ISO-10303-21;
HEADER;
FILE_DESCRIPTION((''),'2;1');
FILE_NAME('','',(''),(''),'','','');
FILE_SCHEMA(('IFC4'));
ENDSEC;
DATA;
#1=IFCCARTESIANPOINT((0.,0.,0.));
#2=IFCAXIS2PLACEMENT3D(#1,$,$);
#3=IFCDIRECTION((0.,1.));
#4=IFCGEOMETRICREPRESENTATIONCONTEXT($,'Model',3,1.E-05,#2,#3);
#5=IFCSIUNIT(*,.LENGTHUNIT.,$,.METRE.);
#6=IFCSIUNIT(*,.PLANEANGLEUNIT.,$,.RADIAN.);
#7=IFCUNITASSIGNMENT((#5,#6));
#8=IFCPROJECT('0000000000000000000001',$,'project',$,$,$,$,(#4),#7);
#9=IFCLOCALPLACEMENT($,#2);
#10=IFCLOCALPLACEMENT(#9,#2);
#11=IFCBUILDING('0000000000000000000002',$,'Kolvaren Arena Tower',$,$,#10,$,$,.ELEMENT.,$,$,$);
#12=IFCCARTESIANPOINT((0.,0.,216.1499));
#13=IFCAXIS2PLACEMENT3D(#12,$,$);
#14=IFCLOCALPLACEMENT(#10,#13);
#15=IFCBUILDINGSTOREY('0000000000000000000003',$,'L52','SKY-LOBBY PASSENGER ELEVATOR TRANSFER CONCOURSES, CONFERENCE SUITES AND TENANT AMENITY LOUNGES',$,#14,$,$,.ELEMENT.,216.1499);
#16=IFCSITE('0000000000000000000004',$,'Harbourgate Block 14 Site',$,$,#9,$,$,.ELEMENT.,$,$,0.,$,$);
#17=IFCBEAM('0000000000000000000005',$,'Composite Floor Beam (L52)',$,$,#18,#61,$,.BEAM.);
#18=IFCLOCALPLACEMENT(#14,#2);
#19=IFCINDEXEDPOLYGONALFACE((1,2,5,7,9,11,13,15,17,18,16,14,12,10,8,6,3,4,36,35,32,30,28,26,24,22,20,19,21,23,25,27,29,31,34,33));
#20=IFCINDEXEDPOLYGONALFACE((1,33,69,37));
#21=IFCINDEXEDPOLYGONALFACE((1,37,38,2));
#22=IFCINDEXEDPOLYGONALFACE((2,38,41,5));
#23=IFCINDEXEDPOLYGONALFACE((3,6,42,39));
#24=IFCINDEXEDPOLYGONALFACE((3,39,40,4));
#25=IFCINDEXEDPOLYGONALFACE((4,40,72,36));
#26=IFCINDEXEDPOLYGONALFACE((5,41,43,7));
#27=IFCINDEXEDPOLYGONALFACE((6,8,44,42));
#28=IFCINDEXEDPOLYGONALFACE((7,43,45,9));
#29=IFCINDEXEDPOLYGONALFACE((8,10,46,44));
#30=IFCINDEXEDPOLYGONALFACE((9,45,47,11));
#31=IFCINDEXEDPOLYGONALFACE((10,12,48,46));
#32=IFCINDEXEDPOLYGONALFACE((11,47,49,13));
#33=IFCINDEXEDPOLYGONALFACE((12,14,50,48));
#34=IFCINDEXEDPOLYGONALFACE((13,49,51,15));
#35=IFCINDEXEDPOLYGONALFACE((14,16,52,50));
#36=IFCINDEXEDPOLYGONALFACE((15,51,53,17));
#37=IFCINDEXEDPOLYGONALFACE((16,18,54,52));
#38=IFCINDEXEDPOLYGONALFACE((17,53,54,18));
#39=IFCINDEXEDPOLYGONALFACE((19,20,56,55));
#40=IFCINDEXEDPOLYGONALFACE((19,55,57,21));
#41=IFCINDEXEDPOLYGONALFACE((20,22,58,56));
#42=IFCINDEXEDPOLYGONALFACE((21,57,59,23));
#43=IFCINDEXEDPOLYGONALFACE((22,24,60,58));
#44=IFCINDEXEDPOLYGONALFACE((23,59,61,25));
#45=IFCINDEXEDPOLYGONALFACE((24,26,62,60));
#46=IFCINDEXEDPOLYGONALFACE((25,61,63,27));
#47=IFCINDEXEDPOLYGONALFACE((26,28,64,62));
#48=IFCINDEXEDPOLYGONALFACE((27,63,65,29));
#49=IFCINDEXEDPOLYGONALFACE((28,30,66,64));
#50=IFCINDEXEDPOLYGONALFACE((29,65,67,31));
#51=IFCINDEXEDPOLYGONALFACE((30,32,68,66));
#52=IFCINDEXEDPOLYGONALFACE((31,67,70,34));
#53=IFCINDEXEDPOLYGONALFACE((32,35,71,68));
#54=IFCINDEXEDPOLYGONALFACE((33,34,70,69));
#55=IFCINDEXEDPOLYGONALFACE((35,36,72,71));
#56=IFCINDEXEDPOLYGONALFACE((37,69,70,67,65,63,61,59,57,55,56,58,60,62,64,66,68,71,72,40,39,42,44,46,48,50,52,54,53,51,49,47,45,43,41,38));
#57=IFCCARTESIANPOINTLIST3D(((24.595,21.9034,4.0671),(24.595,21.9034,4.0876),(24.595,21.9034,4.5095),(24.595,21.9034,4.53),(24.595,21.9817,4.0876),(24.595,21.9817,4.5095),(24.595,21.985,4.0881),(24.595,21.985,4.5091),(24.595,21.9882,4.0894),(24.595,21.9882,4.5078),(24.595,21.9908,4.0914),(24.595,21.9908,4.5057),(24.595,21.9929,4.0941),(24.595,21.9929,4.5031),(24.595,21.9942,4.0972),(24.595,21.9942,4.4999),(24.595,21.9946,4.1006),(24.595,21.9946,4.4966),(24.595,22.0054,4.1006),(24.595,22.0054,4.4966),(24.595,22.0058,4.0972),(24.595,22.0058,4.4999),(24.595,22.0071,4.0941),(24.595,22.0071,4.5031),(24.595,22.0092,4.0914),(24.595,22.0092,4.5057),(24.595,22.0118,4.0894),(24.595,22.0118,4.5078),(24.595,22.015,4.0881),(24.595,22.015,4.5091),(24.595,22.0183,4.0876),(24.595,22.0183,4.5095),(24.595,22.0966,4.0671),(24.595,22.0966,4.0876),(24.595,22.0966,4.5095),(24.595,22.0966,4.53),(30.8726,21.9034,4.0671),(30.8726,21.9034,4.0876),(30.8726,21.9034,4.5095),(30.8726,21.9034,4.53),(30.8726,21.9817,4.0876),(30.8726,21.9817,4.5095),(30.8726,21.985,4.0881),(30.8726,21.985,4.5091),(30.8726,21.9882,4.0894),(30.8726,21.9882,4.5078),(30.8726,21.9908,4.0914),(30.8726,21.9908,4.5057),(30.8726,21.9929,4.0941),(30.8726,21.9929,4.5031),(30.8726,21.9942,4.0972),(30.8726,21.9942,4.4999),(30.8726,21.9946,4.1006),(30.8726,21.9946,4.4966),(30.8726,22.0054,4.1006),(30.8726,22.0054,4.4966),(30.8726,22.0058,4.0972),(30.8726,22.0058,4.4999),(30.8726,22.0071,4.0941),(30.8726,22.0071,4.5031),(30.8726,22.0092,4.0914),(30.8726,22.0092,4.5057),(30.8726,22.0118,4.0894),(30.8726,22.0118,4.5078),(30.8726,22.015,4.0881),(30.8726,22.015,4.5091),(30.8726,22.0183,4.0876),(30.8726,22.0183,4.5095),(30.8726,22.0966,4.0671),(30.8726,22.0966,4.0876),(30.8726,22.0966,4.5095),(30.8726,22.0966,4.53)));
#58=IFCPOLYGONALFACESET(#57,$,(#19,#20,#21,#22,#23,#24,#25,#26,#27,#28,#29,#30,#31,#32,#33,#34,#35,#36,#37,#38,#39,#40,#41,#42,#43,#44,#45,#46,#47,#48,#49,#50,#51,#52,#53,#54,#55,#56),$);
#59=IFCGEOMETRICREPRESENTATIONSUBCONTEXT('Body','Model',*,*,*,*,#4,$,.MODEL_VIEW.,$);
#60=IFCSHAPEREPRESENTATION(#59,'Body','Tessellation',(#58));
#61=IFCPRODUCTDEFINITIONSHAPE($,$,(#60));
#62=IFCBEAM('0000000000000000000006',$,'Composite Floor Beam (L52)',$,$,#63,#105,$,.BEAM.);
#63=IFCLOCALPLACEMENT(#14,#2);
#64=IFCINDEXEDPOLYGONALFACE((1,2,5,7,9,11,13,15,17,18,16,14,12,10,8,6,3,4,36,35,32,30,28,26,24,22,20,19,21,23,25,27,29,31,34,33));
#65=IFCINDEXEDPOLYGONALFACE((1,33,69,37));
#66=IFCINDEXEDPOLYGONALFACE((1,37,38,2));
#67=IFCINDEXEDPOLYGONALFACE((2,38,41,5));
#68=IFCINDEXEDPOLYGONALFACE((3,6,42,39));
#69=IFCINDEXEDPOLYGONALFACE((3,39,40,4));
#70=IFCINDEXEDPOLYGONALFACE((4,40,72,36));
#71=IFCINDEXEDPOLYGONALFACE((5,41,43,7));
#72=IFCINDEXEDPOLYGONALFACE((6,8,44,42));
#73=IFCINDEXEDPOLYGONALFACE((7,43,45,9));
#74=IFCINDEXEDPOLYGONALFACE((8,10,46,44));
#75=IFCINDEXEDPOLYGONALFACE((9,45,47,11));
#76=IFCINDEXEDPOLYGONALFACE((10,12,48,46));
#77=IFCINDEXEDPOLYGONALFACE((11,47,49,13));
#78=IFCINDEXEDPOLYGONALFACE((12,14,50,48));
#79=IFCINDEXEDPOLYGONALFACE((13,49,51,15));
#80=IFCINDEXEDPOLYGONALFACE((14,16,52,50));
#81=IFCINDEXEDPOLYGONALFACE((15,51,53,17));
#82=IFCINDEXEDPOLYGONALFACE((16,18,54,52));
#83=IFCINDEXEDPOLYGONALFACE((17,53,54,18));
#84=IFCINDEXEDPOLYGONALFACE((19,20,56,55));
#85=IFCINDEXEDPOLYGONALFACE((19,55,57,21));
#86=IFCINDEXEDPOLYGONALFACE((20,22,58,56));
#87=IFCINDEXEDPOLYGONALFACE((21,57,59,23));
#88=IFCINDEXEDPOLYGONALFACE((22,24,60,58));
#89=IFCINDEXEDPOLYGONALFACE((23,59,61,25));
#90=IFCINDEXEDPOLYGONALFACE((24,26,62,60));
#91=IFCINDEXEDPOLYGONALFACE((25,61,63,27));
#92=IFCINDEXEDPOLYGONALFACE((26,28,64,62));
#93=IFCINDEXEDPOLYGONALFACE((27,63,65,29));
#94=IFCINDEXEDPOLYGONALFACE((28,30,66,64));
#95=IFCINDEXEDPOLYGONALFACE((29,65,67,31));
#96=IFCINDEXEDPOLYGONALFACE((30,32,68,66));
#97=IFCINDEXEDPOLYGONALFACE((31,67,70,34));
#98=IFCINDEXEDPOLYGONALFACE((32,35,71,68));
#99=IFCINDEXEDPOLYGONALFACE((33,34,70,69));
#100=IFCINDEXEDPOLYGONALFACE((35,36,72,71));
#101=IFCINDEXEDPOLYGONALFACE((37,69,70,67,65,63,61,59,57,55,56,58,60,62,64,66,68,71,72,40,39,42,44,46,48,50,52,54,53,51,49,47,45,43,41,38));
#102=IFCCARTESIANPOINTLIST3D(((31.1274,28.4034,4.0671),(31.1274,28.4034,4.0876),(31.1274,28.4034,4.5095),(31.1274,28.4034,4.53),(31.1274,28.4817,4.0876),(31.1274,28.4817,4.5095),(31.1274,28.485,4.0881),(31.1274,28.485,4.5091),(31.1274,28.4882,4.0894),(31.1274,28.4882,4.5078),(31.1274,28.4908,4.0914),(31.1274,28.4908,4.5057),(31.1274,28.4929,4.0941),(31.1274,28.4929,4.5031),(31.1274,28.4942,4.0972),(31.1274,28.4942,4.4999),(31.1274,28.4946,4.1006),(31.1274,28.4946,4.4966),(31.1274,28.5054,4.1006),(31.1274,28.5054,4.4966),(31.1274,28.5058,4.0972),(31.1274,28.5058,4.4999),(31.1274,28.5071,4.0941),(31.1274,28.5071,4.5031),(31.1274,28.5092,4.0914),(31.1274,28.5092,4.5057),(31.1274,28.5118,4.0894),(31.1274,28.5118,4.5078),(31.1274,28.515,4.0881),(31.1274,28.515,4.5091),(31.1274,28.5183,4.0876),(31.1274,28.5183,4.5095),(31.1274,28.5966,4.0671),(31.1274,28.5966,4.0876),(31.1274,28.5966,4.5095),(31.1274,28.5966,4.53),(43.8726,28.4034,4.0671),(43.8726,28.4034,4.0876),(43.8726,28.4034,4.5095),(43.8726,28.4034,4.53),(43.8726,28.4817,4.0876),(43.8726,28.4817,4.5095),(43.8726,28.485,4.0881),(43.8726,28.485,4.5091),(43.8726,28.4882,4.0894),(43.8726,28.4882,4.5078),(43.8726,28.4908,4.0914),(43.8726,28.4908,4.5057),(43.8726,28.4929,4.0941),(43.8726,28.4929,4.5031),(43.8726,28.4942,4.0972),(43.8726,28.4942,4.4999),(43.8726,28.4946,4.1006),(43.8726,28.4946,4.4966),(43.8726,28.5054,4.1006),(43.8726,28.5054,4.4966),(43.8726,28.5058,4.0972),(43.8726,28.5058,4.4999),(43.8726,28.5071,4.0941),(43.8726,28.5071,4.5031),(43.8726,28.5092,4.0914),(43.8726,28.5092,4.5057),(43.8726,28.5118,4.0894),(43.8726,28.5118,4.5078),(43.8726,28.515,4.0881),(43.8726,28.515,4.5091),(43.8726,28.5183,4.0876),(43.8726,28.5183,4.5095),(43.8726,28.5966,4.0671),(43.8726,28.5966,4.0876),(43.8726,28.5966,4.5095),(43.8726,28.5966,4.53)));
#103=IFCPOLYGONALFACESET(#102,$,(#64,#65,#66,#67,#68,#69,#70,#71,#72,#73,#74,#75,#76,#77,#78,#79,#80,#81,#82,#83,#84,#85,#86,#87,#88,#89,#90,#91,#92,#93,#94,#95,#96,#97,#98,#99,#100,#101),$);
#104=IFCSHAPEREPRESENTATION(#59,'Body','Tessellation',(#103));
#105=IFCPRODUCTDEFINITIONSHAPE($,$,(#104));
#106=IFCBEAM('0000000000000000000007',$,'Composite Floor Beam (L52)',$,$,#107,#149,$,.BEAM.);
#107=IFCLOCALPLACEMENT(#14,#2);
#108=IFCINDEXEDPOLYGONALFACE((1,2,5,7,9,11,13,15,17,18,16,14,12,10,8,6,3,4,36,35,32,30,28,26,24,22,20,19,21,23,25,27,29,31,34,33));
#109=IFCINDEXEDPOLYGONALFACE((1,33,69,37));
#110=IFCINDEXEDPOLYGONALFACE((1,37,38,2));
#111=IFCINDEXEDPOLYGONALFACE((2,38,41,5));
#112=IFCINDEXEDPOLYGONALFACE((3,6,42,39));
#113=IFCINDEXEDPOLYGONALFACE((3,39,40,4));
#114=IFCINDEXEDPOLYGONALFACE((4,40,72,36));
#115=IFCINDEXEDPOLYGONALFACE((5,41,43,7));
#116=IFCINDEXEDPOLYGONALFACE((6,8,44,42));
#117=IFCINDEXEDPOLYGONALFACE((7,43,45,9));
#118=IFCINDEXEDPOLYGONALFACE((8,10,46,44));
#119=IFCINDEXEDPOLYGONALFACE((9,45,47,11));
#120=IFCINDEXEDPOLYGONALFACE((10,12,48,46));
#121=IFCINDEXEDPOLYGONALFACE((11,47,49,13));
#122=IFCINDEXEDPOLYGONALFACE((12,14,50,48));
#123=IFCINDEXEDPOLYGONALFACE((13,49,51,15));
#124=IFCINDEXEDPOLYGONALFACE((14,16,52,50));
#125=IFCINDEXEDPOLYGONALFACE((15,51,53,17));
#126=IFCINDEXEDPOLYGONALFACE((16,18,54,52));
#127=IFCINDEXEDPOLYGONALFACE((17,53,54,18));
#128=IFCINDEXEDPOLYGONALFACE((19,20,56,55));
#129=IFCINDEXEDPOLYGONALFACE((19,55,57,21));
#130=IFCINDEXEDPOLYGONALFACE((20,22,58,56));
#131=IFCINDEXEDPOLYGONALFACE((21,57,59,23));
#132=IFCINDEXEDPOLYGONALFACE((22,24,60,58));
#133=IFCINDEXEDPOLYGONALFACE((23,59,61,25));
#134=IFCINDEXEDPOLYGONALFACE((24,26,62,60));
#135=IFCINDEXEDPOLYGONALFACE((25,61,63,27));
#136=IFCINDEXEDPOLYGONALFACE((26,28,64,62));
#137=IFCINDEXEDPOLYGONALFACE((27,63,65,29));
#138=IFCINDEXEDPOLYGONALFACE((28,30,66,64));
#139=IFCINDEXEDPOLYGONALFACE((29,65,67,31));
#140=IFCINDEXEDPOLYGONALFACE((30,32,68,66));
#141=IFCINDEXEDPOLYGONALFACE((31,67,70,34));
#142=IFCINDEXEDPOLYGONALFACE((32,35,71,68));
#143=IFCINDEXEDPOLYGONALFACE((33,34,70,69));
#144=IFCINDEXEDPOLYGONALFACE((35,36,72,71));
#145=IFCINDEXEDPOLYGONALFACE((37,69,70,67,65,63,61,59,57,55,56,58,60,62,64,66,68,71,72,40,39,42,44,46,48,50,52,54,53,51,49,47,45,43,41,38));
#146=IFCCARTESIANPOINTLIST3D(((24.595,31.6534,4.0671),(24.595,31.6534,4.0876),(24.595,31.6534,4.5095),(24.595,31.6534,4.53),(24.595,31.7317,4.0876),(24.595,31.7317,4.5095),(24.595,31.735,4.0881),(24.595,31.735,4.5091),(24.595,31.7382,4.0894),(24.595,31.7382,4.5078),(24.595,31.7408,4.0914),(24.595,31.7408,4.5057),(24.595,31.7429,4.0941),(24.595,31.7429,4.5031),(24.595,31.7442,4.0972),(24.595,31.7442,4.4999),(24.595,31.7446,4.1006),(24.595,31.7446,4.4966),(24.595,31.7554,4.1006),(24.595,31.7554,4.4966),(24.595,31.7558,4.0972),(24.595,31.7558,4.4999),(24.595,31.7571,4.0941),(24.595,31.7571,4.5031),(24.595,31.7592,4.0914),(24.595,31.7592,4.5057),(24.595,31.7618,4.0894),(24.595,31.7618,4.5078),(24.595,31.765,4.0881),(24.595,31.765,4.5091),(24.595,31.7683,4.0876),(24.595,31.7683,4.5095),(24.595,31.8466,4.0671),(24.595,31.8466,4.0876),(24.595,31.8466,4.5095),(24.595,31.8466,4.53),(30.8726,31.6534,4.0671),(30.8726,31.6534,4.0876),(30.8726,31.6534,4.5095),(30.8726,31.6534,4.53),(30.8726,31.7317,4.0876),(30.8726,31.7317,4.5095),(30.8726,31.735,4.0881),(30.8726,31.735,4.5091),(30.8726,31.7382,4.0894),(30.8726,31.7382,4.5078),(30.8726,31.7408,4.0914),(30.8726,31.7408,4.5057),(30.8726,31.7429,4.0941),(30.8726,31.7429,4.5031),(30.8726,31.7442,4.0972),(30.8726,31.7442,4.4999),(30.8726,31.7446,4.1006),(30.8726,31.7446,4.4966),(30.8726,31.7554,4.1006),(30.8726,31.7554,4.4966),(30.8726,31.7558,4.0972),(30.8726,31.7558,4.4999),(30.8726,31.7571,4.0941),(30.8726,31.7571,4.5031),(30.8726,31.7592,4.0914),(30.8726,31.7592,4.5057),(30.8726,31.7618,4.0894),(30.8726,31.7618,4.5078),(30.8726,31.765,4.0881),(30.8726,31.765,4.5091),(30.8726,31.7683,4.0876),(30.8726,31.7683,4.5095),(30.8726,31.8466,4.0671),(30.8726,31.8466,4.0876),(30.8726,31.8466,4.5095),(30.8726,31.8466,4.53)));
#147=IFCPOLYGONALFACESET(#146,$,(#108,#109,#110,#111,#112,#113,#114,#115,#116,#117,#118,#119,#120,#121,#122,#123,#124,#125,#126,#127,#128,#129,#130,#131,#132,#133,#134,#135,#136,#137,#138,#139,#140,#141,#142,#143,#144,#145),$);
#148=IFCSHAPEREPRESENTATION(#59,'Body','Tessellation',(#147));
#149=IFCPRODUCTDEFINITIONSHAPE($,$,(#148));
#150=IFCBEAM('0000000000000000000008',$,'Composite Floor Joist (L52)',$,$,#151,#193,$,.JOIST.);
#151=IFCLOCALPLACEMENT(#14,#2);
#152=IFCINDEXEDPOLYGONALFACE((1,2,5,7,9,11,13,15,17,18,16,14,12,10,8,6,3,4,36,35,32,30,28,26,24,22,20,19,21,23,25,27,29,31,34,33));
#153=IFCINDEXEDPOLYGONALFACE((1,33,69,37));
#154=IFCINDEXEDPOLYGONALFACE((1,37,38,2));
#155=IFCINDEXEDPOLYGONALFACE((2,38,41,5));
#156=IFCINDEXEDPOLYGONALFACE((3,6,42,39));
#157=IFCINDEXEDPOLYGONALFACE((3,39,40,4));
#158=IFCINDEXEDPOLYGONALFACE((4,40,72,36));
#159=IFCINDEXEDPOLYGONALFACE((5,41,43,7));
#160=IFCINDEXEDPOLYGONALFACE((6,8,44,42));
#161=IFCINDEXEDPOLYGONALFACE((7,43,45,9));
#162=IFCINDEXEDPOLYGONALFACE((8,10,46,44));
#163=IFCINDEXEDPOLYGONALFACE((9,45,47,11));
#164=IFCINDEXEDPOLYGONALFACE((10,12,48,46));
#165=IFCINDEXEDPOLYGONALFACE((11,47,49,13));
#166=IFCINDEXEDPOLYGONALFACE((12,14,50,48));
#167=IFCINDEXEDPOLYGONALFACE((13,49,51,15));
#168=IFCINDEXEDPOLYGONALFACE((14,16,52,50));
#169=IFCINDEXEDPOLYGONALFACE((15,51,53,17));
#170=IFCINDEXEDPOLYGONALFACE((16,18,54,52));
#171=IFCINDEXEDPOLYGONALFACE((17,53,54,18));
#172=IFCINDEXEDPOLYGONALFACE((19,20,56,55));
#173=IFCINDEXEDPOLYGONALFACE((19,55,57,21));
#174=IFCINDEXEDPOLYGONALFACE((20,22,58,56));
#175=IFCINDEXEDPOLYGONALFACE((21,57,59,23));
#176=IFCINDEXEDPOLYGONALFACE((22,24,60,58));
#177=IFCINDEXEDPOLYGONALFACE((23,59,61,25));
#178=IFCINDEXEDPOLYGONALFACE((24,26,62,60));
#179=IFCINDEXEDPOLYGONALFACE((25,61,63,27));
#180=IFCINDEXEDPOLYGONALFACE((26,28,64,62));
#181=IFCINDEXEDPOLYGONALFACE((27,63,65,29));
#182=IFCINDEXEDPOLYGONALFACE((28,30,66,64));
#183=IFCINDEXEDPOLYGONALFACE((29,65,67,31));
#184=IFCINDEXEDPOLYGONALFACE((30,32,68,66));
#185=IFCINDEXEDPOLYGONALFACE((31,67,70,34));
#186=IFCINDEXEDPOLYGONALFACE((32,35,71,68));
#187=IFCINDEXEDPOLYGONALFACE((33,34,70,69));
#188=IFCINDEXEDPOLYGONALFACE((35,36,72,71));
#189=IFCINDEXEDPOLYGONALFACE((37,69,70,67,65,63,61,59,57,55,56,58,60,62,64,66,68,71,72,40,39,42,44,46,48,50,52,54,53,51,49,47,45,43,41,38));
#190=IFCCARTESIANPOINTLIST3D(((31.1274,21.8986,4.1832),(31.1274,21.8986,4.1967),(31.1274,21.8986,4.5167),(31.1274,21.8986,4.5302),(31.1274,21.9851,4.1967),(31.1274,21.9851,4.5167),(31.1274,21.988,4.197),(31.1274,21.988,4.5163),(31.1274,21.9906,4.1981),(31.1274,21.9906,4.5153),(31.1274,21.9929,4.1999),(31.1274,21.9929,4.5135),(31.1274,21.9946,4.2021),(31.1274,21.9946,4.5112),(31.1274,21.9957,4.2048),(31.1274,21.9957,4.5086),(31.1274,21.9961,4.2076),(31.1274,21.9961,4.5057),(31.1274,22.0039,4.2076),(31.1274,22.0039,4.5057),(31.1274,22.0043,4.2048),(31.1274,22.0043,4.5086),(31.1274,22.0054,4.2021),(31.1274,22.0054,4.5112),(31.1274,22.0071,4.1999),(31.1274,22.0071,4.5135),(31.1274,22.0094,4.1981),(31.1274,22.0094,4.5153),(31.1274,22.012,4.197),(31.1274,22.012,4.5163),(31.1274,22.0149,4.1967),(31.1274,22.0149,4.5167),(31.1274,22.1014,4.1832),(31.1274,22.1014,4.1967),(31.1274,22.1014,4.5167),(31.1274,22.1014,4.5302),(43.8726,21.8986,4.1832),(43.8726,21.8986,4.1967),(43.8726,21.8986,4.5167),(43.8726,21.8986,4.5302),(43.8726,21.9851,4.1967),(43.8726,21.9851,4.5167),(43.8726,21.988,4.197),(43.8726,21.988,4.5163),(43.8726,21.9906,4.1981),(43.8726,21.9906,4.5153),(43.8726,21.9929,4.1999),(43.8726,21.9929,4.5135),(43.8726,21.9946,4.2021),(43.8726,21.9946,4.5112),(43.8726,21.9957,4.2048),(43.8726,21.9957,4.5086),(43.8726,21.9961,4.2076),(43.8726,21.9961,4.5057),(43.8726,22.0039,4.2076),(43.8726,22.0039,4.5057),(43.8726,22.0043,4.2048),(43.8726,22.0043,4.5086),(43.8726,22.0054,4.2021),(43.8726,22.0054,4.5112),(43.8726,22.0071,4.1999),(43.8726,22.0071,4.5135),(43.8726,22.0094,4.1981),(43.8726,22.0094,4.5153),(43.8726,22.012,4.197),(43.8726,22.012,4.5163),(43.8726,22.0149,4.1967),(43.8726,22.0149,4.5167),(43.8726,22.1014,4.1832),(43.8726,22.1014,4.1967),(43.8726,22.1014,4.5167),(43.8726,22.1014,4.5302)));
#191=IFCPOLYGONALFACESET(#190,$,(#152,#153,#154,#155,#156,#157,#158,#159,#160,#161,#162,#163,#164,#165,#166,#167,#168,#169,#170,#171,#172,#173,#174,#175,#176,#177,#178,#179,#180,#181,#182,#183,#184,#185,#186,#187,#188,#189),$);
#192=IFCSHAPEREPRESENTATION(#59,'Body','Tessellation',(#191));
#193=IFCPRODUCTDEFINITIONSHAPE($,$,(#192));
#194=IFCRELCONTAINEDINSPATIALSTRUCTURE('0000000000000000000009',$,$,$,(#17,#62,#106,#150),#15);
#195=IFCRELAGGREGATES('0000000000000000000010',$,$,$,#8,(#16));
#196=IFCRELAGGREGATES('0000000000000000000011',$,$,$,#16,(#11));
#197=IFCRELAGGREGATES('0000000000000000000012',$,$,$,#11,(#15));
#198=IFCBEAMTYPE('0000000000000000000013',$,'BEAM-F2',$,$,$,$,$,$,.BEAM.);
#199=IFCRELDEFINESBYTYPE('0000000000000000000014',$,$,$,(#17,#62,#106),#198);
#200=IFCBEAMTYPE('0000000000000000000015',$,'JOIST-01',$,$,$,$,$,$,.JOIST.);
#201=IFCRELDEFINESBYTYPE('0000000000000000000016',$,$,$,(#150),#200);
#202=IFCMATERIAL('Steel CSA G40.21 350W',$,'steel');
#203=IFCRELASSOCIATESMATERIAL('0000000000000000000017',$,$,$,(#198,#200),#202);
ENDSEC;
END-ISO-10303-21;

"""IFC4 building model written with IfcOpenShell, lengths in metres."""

from ifc_helpers import new_model, si_unit, direction, frame, origin, origin_2d, place, context, subcontext, project, spatial, i_section, extrude, material, material_profile, profile_set, type_object, element, save


model = new_model("IFC4")

# Units and contexts
model_context = context("Model", 3, precision=1e-05, world=origin(), true_north=direction((0.0, 1.0)))
body_context = subcontext(model_context, "Body", "Model", "MODEL_VIEW")
ifc_project = project(units=[si_unit("LENGTHUNIT", "METRE"), si_unit("PLANEANGLEUNIT", "RADIAN")], contexts=[model_context])

# Site, building, storey
site_placement = place(None, origin())
site = spatial("IfcSite", under=ifc_project, at=site_placement, Name="Harbourgate Block 14 Site", CompositionType="ELEMENT", RefElevation=0.0)
building_placement = place(site_placement, origin())
building = spatial("IfcBuilding", under=site, at=building_placement, Name="Kolvaren Arena Tower", CompositionType="ELEMENT")
storey_placement = place(building_placement, frame((0.0, 0.0, 216.1499)))
storey = spatial("IfcBuildingStorey", under=building, at=storey_placement, Name="L52", Description="SKY-LOBBY PASSENGER ELEVATOR TRANSFER CONCOURSES, CONFERENCE SUITES AND TENANT AMENITY LOUNGES", CompositionType="ELEMENT", Elevation=216.1499)

# Beams
ifc_material_1 = material(Name="Steel CSA G40.21 350W", Category="steel")
ifc_material_profile_1 = material_profile(ifc_material_1, i_section(OverallWidth=0.1931, OverallDepth=0.4629, WebThickness=0.0107, FlangeThickness=0.0205, FilletRadius=0.0129, at=origin_2d()), Name="W460x113")
ifc_profile_set_1 = profile_set([ifc_material_profile_1], Name="Steel CSA G40.21 350W")
beam_type_1 = type_object("IfcBeamType", Name="BEAM-F2", PredefinedType="BEAM", material=ifc_profile_set_1)
beam_1_placement = place(storey_placement, frame((24.595, 22.0, 4.2986), z_axis=(1.0, 0.0, 0.0), x_axis=(0.0, 1.0, 0.0)))
element("IfcBeam", 1, at=beam_1_placement, inside=storey, type_object=beam_type_1, Name="Composite Floor Beam (L52)", PredefinedType="BEAM", context=body_context, shape_type="SweptSolid", body=[
    extrude(i_section(OverallWidth=0.1931, OverallDepth=0.4629, WebThickness=0.0107, FlangeThickness=0.0205, FilletRadius=0.0129, at=origin_2d()), origin(), (0.0, 0.0, 1.0), 6.2776),
])
beam_2_placement = place(storey_placement, frame((31.1274, 28.5, 4.2986), z_axis=(1.0, 0.0, 0.0), x_axis=(0.0, 1.0, 0.0)))
element("IfcBeam", 2, at=beam_2_placement, inside=storey, type_object=beam_type_1, Name="Composite Floor Beam (L52)", PredefinedType="BEAM", context=body_context, shape_type="SweptSolid", body=[
    extrude(i_section(OverallWidth=0.1931, OverallDepth=0.4629, WebThickness=0.0107, FlangeThickness=0.0205, FilletRadius=0.0129, at=origin_2d()), origin(), (0.0, 0.0, 1.0), 12.7451),
])
beam_3_placement = place(storey_placement, frame((24.595, 31.75, 4.2986), z_axis=(1.0, 0.0, 0.0), x_axis=(0.0, 1.0, 0.0)))
element("IfcBeam", 3, at=beam_3_placement, inside=storey, type_object=beam_type_1, Name="Composite Floor Beam (L52)", PredefinedType="BEAM", context=body_context, shape_type="SweptSolid", body=[
    extrude(i_section(OverallWidth=0.1931, OverallDepth=0.4629, WebThickness=0.0107, FlangeThickness=0.0205, FilletRadius=0.0129, at=origin_2d()), origin(), (0.0, 0.0, 1.0), 6.2776),
])
ifc_material_profile_2 = material_profile(ifc_material_1, i_section(OverallWidth=0.2029, OverallDepth=0.3469, WebThickness=0.0078, FlangeThickness=0.0134, FilletRadius=0.011, at=origin_2d()), Name="W360x64")
ifc_profile_set_2 = profile_set([ifc_material_profile_2], Name="Steel CSA G40.21 350W")
beam_type_2 = type_object("IfcBeamType", Name="JOIST-01", PredefinedType="JOIST", material=ifc_profile_set_2)
beam_4_placement = place(storey_placement, frame((31.1274, 22.0, 4.3567), z_axis=(1.0, 0.0, 0.0), x_axis=(0.0, 1.0, 0.0)))
element("IfcBeam", 4, at=beam_4_placement, inside=storey, type_object=beam_type_2, Name="Composite Floor Joist (L52)", PredefinedType="JOIST", context=body_context, shape_type="SweptSolid", body=[
    extrude(i_section(OverallWidth=0.2029, OverallDepth=0.3469, WebThickness=0.0078, FlangeThickness=0.0134, FilletRadius=0.011, at=origin_2d()), origin(), (0.0, 0.0, 1.0), 12.7451),
])

save(model, "model.ifc")
